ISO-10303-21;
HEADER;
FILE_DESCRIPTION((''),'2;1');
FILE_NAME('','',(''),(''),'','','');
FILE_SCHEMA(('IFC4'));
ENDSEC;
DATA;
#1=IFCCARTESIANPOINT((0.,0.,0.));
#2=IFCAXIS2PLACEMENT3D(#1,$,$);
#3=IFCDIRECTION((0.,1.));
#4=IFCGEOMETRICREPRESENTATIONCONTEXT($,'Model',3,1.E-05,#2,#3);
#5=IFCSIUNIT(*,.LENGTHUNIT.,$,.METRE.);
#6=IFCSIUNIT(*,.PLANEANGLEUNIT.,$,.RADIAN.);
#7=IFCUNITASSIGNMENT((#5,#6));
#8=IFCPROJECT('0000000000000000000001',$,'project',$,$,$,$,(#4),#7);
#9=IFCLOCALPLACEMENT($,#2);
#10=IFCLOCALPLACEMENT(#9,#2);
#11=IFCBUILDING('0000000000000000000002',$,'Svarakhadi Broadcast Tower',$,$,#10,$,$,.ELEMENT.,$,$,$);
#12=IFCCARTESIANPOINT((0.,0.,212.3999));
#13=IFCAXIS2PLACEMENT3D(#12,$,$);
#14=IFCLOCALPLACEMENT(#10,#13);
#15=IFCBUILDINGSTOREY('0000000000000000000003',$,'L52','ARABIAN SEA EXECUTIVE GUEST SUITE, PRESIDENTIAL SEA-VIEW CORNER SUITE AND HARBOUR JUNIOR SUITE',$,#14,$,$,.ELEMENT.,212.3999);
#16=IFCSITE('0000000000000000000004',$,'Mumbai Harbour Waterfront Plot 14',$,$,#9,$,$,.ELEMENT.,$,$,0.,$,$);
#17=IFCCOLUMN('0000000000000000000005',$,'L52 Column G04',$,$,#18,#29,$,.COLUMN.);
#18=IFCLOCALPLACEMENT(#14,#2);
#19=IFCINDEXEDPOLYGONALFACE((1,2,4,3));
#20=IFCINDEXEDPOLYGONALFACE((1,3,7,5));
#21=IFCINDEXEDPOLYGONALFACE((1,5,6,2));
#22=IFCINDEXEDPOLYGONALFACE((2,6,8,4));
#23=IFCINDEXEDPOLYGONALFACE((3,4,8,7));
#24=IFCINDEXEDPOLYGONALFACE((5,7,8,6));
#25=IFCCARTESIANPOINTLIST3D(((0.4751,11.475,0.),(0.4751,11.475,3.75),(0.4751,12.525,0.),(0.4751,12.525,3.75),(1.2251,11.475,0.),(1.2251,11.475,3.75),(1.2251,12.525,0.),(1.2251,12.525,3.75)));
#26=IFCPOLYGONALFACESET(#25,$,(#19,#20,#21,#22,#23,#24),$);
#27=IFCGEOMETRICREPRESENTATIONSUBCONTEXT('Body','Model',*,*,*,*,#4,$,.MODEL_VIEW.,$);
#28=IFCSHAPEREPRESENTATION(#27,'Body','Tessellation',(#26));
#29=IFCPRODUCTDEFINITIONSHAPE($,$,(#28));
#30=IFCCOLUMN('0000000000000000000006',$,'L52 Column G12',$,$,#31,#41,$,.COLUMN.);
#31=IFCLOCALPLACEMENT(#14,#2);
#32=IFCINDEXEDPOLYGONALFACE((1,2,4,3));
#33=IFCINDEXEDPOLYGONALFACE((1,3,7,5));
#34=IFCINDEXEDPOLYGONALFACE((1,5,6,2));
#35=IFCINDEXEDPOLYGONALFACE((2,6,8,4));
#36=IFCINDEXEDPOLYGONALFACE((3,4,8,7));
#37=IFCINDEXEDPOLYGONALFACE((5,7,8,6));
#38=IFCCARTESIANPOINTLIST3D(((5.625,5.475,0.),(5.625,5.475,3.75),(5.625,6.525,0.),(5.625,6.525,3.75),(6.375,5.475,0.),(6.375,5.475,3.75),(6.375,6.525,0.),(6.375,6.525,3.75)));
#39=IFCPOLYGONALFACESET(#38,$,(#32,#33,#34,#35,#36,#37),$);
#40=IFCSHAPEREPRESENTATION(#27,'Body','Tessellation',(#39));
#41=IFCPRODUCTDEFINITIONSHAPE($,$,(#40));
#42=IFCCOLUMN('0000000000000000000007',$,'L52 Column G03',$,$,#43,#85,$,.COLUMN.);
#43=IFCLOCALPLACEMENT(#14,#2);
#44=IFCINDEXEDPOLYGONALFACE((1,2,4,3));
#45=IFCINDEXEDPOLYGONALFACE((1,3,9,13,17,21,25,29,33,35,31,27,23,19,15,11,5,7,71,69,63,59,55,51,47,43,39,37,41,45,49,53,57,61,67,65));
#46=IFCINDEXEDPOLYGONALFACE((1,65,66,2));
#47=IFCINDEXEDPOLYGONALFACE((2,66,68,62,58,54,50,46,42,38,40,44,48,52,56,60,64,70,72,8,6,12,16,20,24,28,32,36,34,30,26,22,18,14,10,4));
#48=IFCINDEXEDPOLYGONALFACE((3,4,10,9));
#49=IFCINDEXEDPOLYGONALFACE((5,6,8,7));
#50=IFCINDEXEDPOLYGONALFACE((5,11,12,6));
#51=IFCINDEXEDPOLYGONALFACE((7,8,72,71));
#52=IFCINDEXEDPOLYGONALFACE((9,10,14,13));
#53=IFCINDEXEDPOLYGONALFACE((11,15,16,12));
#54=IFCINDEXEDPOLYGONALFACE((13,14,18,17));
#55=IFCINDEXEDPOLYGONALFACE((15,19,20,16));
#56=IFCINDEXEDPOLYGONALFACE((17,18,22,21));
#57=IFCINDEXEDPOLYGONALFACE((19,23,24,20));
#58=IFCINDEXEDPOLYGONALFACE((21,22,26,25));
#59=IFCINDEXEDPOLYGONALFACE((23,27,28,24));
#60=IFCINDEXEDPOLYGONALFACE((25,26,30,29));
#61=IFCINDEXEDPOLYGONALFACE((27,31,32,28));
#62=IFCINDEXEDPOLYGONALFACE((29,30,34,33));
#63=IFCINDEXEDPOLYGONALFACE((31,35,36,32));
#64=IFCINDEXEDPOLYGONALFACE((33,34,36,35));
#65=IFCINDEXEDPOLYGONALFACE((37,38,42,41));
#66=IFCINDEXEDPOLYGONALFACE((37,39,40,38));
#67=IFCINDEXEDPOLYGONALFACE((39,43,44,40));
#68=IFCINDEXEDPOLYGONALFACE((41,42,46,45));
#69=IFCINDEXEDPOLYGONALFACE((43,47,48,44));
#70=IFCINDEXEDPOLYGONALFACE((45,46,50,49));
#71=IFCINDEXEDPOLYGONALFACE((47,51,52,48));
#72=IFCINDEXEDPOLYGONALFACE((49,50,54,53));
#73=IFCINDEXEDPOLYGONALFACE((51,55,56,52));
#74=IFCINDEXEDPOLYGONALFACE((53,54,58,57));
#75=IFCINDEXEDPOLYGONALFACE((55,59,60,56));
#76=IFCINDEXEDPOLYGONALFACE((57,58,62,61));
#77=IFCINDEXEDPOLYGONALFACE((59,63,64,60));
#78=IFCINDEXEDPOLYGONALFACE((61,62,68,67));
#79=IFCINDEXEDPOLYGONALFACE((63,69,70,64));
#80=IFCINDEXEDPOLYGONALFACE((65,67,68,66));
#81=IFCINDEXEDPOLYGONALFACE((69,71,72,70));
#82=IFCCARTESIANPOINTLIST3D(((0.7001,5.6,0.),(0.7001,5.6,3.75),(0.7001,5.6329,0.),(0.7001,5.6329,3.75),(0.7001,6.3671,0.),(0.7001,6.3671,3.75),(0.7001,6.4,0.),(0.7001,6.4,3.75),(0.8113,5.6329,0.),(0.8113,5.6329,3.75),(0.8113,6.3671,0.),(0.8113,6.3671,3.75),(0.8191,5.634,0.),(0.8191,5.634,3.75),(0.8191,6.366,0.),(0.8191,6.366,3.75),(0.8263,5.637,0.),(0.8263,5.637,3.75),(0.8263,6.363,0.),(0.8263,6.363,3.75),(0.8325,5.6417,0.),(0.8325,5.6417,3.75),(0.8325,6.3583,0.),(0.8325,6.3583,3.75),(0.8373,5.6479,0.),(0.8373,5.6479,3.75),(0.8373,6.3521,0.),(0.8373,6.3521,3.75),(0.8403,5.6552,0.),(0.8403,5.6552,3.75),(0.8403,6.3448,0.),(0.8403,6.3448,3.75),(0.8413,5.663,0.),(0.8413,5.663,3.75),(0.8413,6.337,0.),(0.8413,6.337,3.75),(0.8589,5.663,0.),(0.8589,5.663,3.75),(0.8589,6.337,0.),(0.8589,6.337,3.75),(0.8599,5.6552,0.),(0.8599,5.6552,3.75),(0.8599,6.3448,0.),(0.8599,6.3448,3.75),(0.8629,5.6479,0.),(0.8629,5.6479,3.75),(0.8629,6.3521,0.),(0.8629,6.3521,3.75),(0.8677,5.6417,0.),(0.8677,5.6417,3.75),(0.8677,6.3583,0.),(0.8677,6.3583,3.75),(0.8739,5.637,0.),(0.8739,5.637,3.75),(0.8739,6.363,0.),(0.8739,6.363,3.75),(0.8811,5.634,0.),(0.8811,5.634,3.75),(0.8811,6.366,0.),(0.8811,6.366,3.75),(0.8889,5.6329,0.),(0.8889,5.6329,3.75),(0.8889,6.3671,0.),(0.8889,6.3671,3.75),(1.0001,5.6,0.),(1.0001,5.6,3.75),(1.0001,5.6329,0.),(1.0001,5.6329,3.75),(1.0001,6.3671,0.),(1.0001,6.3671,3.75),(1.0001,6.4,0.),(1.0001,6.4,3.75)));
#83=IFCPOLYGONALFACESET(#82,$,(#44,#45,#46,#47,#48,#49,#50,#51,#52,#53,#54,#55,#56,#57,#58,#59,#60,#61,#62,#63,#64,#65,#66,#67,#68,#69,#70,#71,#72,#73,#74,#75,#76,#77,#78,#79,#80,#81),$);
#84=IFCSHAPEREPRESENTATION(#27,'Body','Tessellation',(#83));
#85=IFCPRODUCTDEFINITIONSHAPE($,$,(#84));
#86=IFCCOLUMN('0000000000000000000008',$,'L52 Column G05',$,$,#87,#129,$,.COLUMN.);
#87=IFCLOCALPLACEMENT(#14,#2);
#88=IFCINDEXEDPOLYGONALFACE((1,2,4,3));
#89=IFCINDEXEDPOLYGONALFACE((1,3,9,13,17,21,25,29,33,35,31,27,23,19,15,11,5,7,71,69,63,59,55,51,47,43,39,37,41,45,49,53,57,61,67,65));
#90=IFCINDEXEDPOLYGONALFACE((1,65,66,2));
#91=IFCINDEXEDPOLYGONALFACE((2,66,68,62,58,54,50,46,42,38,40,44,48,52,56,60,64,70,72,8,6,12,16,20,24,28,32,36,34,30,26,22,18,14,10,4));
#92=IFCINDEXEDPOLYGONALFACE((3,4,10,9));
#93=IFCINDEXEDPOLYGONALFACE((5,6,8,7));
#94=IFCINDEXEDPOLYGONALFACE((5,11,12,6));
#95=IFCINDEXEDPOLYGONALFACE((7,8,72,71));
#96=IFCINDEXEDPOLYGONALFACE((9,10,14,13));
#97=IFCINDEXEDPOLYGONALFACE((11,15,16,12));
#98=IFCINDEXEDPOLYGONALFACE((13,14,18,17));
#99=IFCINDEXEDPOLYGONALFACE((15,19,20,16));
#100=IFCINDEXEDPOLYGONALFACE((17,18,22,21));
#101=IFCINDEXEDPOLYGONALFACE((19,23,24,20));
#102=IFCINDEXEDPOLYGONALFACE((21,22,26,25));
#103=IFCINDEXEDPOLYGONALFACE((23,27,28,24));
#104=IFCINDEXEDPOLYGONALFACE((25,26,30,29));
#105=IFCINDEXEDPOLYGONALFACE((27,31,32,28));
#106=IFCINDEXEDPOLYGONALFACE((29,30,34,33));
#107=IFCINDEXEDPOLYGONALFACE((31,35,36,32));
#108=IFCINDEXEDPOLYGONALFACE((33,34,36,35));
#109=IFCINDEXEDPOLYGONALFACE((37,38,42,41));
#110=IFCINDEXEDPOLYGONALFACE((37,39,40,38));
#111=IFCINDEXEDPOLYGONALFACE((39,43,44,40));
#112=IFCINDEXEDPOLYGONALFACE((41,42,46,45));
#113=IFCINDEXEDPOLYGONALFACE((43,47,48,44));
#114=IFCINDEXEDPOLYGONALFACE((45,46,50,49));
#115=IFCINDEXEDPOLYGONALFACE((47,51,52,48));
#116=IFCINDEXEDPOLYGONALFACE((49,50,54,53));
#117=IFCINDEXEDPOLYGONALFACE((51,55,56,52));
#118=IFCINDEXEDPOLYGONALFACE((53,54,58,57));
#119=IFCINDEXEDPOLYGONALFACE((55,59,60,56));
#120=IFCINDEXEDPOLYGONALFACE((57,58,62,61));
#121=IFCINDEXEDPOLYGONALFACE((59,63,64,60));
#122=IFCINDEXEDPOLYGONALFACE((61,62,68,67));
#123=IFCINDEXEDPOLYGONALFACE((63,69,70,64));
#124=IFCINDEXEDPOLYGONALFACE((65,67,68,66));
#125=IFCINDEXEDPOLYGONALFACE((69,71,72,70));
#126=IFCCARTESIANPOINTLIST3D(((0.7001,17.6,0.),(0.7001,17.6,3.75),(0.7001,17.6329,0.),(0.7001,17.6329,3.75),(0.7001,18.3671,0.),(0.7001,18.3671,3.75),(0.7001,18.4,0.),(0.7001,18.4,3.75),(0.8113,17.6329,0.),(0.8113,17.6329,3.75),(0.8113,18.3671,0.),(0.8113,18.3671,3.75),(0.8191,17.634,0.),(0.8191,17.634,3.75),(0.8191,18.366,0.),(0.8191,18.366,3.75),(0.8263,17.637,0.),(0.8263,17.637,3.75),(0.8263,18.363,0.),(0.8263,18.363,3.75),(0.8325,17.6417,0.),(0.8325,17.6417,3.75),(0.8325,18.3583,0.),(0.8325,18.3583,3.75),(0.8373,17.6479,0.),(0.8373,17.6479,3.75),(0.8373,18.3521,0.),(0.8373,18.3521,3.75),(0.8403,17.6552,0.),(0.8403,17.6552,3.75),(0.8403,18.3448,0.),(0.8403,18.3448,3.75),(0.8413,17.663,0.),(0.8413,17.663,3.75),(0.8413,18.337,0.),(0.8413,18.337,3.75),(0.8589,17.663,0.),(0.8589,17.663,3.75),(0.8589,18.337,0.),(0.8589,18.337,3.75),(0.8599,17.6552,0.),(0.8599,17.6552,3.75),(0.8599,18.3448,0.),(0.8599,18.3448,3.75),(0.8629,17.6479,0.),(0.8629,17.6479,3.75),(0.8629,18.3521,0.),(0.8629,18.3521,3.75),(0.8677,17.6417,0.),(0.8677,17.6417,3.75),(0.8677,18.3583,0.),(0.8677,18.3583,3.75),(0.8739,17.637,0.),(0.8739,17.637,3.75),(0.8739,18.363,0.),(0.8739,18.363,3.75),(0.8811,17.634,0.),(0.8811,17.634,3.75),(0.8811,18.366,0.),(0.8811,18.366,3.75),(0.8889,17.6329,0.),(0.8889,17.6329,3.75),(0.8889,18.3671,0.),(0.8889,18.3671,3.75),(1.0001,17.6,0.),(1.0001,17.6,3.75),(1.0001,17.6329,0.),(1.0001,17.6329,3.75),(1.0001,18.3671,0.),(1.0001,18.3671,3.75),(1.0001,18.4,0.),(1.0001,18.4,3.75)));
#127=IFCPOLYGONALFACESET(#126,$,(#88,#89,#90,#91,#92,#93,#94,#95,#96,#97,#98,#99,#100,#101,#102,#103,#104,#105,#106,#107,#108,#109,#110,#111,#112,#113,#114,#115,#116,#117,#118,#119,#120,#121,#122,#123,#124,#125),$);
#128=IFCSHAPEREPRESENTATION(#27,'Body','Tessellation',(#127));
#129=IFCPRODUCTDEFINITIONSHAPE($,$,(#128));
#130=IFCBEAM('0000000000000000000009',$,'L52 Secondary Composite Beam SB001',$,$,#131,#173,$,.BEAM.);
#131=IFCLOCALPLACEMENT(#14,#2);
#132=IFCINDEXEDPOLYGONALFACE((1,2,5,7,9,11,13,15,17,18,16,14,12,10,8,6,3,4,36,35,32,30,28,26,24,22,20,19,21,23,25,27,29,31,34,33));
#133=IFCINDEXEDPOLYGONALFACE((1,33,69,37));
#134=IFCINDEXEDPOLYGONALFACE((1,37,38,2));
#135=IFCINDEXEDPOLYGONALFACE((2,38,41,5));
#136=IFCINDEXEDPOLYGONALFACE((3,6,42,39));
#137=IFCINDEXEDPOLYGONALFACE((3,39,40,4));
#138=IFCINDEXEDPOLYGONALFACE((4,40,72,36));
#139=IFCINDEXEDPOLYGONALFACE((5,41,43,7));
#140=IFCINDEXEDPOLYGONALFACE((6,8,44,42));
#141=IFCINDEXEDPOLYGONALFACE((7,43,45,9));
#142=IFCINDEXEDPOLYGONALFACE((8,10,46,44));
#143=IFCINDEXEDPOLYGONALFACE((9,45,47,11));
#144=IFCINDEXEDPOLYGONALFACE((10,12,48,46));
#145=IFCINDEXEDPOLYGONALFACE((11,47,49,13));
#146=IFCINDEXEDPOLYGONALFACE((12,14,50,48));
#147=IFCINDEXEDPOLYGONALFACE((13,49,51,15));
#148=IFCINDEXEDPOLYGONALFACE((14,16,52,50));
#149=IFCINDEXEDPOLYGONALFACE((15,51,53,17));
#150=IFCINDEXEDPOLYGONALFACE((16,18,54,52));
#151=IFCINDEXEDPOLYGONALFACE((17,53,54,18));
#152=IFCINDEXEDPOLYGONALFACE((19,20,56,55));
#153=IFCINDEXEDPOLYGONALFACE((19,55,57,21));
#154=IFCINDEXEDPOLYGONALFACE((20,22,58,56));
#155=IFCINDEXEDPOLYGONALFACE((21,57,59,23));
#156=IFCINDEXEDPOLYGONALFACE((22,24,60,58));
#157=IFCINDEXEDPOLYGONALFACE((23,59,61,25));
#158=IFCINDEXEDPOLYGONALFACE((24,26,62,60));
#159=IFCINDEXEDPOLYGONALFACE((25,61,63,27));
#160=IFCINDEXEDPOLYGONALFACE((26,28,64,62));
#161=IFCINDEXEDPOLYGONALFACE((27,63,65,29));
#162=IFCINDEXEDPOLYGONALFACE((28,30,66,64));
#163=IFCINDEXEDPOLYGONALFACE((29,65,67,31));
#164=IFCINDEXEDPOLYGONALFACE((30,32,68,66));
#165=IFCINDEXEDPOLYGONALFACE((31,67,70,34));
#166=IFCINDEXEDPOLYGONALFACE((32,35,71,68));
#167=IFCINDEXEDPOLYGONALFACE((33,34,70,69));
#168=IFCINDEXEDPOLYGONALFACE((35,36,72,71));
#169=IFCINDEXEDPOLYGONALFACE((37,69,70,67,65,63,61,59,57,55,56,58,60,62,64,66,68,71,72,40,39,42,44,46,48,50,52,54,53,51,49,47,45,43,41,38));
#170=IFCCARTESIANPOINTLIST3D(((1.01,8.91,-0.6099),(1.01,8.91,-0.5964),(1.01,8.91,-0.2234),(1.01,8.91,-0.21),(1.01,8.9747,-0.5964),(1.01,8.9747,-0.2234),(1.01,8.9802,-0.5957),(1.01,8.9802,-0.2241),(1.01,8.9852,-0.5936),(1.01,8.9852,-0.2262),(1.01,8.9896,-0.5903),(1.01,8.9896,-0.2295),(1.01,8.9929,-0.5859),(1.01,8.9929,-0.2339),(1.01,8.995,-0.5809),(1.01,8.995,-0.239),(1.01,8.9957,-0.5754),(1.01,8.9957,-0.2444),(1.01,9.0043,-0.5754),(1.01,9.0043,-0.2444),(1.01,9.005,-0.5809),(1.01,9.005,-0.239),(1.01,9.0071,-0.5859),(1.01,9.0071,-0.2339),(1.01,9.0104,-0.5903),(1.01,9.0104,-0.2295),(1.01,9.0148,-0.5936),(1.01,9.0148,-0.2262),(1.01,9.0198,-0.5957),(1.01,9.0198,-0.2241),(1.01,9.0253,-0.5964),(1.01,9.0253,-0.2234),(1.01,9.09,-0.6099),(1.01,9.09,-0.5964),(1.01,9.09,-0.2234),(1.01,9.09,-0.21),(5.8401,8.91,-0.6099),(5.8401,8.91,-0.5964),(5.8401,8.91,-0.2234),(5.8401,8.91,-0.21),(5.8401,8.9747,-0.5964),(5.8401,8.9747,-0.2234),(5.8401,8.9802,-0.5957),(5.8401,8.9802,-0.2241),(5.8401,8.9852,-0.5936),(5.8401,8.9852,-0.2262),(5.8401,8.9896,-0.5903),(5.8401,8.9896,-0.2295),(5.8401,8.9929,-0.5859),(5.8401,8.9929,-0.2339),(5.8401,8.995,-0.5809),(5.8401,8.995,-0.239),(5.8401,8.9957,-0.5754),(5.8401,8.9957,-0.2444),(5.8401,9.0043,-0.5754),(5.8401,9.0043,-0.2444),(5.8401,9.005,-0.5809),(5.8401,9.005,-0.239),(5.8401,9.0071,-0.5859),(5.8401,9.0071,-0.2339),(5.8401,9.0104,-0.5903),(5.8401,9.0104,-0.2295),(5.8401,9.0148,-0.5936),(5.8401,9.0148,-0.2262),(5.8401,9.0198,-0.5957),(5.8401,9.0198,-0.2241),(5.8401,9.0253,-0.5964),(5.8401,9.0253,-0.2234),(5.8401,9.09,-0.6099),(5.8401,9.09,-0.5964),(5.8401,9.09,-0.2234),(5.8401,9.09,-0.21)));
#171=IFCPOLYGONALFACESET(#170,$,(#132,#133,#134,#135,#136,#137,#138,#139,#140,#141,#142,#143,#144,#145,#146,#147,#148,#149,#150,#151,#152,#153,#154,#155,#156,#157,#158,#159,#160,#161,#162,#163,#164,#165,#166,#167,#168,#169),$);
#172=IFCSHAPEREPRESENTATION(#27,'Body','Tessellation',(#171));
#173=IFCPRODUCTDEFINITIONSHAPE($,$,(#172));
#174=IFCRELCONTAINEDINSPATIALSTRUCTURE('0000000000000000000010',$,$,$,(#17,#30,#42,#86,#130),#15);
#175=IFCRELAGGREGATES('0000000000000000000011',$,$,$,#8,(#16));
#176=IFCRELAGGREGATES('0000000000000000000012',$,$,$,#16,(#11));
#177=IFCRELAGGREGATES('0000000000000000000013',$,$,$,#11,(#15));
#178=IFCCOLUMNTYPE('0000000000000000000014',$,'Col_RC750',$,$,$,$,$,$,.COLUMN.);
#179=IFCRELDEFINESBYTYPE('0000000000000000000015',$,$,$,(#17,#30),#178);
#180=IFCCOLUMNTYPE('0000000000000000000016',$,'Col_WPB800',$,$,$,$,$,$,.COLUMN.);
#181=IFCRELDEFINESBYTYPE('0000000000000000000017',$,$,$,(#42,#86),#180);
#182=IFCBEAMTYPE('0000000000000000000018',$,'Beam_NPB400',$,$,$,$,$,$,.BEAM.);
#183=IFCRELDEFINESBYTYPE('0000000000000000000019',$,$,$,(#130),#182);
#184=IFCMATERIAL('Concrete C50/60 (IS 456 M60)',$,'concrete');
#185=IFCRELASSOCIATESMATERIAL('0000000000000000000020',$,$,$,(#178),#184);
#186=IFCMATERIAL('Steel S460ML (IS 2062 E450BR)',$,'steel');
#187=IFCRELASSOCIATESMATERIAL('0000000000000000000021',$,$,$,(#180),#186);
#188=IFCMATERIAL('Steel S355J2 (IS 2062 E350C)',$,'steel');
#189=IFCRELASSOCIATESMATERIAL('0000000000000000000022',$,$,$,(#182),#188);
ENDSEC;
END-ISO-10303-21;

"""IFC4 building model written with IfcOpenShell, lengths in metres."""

from ifc_helpers import new_model, si_unit, direction, frame, origin, origin_2d, place, context, subcontext, project, spatial, rectangle, i_section, extrude, material, material_profile, profile_set, type_object, element, save


model = new_model("IFC4")

# Units and contexts
model_context = context("Model", 3, precision=1e-05, world=origin(), true_north=direction((0.0, 1.0)))
body_context = subcontext(model_context, "Body", "Model", "MODEL_VIEW")
ifc_project = project(units=[si_unit("LENGTHUNIT", "METRE"), si_unit("PLANEANGLEUNIT", "RADIAN")], contexts=[model_context])

# Site, building, storey
site_placement = place(None, origin())
site = spatial("IfcSite", under=ifc_project, at=site_placement, Name="Mumbai Harbour Waterfront Plot 14", CompositionType="ELEMENT", RefElevation=0.0)
building_placement = place(site_placement, origin())
building = spatial("IfcBuilding", under=site, at=building_placement, Name="Svarakhadi Broadcast Tower", CompositionType="ELEMENT")
storey_placement = place(building_placement, frame((0.0, 0.0, 212.3999)))
storey = spatial("IfcBuildingStorey", under=building, at=storey_placement, Name="L52", Description="ARABIAN SEA EXECUTIVE GUEST SUITE, PRESIDENTIAL SEA-VIEW CORNER SUITE AND HARBOUR JUNIOR SUITE", CompositionType="ELEMENT", Elevation=212.3999)

# Columns
ifc_material_1 = material(Name="Concrete C50/60 (IS 456 M60)", Category="concrete")
ifc_material_profile_1 = material_profile(ifc_material_1, rectangle(XDim=0.75, YDim=1.05, at=origin_2d()), Name="RC 750x1050")
ifc_profile_set_1 = profile_set([ifc_material_profile_1], Name="Concrete C50/60 (IS 456 M60)")
column_type_1 = type_object("IfcColumnType", Name="Col_RC750", PredefinedType="COLUMN", material=ifc_profile_set_1)
for number, where, z_axis, x_axis, name in (
    (1, (0.8501, 12.0, 0.0), (0.0, 0.0, 1.0), (1.0, 0.0, 0.0), "L52 Column G04"),
    (2, (6.0, 6.0, 0.0), (0.0, 0.0, 1.0), (1.0, 0.0, 0.0), "L52 Column G12"),
):
    element("IfcColumn", number, at=place(storey_placement, frame(where, z_axis=z_axis, x_axis=x_axis)), inside=storey, type_object=column_type_1, Name=name, PredefinedType="COLUMN", context=body_context, shape_type="SweptSolid", body=[
        extrude(rectangle(XDim=0.75, YDim=1.05, at=origin_2d()), origin(), (0.0, 0.0, 1.0), 3.75),
    ])
ifc_material_2 = material(Name="Steel S460ML (IS 2062 E450BR)", Category="steel")
ifc_material_profile_2 = material_profile(ifc_material_2, i_section(OverallWidth=0.3, OverallDepth=0.8, WebThickness=0.0176, FlangeThickness=0.033, FilletRadius=0.03, at=origin_2d()), Name="WPB 800x300x262")
ifc_profile_set_2 = profile_set([ifc_material_profile_2], Name="Steel S460ML (IS 2062 E450BR)")
column_type_2 = type_object("IfcColumnType", Name="Col_WPB800", PredefinedType="COLUMN", material=ifc_profile_set_2)
for number, where, z_axis, x_axis, name in (
    (3, (0.8501, 6.0, 0.0), (0.0, 0.0, 1.0), (1.0, 0.0, 0.0), "L52 Column G03"),
    (4, (0.8501, 18.0, 0.0), (0.0, 0.0, 1.0), (1.0, 0.0, 0.0), "L52 Column G05"),
):
    element("IfcColumn", number, at=place(storey_placement, frame(where, z_axis=z_axis, x_axis=x_axis)), inside=storey, type_object=column_type_2, Name=name, PredefinedType="COLUMN", context=body_context, shape_type="SweptSolid", body=[
        extrude(i_section(OverallWidth=0.3, OverallDepth=0.8, WebThickness=0.0176, FlangeThickness=0.033, FilletRadius=0.03, at=origin_2d()), origin(), (0.0, 0.0, 1.0), 3.75),
    ])

# Beam
ifc_material_3 = material(Name="Steel S355J2 (IS 2062 E350C)", Category="steel")
ifc_material_profile_3 = material_profile(ifc_material_3, i_section(OverallWidth=0.1799, OverallDepth=0.3999, WebThickness=0.0085, FlangeThickness=0.0134, FilletRadius=0.021, at=origin_2d()), Name="NPB 400x180x66")
ifc_profile_set_3 = profile_set([ifc_material_profile_3], Name="Steel S355J2 (IS 2062 E350C)")
beam_type_1 = type_object("IfcBeamType", Name="Beam_NPB400", PredefinedType="BEAM", material=ifc_profile_set_3)
for number, where, z_axis, x_axis, name in (
    (5, (1.01, 9.0, -0.4099), (1.0, 0.0, 0.0), (0.0, 1.0, 0.0), "L52 Secondary Composite Beam SB001"),
):
    element("IfcBeam", number, at=place(storey_placement, frame(where, z_axis=z_axis, x_axis=x_axis)), inside=storey, type_object=beam_type_1, Name=name, PredefinedType="BEAM", context=body_context, shape_type="SweptSolid", body=[
        extrude(i_section(OverallWidth=0.1799, OverallDepth=0.3999, WebThickness=0.0085, FlangeThickness=0.0134, FilletRadius=0.021, at=origin_2d()), origin(), (0.0, 0.0, 1.0), 4.8301),
    ])

save(model, "model.ifc")
